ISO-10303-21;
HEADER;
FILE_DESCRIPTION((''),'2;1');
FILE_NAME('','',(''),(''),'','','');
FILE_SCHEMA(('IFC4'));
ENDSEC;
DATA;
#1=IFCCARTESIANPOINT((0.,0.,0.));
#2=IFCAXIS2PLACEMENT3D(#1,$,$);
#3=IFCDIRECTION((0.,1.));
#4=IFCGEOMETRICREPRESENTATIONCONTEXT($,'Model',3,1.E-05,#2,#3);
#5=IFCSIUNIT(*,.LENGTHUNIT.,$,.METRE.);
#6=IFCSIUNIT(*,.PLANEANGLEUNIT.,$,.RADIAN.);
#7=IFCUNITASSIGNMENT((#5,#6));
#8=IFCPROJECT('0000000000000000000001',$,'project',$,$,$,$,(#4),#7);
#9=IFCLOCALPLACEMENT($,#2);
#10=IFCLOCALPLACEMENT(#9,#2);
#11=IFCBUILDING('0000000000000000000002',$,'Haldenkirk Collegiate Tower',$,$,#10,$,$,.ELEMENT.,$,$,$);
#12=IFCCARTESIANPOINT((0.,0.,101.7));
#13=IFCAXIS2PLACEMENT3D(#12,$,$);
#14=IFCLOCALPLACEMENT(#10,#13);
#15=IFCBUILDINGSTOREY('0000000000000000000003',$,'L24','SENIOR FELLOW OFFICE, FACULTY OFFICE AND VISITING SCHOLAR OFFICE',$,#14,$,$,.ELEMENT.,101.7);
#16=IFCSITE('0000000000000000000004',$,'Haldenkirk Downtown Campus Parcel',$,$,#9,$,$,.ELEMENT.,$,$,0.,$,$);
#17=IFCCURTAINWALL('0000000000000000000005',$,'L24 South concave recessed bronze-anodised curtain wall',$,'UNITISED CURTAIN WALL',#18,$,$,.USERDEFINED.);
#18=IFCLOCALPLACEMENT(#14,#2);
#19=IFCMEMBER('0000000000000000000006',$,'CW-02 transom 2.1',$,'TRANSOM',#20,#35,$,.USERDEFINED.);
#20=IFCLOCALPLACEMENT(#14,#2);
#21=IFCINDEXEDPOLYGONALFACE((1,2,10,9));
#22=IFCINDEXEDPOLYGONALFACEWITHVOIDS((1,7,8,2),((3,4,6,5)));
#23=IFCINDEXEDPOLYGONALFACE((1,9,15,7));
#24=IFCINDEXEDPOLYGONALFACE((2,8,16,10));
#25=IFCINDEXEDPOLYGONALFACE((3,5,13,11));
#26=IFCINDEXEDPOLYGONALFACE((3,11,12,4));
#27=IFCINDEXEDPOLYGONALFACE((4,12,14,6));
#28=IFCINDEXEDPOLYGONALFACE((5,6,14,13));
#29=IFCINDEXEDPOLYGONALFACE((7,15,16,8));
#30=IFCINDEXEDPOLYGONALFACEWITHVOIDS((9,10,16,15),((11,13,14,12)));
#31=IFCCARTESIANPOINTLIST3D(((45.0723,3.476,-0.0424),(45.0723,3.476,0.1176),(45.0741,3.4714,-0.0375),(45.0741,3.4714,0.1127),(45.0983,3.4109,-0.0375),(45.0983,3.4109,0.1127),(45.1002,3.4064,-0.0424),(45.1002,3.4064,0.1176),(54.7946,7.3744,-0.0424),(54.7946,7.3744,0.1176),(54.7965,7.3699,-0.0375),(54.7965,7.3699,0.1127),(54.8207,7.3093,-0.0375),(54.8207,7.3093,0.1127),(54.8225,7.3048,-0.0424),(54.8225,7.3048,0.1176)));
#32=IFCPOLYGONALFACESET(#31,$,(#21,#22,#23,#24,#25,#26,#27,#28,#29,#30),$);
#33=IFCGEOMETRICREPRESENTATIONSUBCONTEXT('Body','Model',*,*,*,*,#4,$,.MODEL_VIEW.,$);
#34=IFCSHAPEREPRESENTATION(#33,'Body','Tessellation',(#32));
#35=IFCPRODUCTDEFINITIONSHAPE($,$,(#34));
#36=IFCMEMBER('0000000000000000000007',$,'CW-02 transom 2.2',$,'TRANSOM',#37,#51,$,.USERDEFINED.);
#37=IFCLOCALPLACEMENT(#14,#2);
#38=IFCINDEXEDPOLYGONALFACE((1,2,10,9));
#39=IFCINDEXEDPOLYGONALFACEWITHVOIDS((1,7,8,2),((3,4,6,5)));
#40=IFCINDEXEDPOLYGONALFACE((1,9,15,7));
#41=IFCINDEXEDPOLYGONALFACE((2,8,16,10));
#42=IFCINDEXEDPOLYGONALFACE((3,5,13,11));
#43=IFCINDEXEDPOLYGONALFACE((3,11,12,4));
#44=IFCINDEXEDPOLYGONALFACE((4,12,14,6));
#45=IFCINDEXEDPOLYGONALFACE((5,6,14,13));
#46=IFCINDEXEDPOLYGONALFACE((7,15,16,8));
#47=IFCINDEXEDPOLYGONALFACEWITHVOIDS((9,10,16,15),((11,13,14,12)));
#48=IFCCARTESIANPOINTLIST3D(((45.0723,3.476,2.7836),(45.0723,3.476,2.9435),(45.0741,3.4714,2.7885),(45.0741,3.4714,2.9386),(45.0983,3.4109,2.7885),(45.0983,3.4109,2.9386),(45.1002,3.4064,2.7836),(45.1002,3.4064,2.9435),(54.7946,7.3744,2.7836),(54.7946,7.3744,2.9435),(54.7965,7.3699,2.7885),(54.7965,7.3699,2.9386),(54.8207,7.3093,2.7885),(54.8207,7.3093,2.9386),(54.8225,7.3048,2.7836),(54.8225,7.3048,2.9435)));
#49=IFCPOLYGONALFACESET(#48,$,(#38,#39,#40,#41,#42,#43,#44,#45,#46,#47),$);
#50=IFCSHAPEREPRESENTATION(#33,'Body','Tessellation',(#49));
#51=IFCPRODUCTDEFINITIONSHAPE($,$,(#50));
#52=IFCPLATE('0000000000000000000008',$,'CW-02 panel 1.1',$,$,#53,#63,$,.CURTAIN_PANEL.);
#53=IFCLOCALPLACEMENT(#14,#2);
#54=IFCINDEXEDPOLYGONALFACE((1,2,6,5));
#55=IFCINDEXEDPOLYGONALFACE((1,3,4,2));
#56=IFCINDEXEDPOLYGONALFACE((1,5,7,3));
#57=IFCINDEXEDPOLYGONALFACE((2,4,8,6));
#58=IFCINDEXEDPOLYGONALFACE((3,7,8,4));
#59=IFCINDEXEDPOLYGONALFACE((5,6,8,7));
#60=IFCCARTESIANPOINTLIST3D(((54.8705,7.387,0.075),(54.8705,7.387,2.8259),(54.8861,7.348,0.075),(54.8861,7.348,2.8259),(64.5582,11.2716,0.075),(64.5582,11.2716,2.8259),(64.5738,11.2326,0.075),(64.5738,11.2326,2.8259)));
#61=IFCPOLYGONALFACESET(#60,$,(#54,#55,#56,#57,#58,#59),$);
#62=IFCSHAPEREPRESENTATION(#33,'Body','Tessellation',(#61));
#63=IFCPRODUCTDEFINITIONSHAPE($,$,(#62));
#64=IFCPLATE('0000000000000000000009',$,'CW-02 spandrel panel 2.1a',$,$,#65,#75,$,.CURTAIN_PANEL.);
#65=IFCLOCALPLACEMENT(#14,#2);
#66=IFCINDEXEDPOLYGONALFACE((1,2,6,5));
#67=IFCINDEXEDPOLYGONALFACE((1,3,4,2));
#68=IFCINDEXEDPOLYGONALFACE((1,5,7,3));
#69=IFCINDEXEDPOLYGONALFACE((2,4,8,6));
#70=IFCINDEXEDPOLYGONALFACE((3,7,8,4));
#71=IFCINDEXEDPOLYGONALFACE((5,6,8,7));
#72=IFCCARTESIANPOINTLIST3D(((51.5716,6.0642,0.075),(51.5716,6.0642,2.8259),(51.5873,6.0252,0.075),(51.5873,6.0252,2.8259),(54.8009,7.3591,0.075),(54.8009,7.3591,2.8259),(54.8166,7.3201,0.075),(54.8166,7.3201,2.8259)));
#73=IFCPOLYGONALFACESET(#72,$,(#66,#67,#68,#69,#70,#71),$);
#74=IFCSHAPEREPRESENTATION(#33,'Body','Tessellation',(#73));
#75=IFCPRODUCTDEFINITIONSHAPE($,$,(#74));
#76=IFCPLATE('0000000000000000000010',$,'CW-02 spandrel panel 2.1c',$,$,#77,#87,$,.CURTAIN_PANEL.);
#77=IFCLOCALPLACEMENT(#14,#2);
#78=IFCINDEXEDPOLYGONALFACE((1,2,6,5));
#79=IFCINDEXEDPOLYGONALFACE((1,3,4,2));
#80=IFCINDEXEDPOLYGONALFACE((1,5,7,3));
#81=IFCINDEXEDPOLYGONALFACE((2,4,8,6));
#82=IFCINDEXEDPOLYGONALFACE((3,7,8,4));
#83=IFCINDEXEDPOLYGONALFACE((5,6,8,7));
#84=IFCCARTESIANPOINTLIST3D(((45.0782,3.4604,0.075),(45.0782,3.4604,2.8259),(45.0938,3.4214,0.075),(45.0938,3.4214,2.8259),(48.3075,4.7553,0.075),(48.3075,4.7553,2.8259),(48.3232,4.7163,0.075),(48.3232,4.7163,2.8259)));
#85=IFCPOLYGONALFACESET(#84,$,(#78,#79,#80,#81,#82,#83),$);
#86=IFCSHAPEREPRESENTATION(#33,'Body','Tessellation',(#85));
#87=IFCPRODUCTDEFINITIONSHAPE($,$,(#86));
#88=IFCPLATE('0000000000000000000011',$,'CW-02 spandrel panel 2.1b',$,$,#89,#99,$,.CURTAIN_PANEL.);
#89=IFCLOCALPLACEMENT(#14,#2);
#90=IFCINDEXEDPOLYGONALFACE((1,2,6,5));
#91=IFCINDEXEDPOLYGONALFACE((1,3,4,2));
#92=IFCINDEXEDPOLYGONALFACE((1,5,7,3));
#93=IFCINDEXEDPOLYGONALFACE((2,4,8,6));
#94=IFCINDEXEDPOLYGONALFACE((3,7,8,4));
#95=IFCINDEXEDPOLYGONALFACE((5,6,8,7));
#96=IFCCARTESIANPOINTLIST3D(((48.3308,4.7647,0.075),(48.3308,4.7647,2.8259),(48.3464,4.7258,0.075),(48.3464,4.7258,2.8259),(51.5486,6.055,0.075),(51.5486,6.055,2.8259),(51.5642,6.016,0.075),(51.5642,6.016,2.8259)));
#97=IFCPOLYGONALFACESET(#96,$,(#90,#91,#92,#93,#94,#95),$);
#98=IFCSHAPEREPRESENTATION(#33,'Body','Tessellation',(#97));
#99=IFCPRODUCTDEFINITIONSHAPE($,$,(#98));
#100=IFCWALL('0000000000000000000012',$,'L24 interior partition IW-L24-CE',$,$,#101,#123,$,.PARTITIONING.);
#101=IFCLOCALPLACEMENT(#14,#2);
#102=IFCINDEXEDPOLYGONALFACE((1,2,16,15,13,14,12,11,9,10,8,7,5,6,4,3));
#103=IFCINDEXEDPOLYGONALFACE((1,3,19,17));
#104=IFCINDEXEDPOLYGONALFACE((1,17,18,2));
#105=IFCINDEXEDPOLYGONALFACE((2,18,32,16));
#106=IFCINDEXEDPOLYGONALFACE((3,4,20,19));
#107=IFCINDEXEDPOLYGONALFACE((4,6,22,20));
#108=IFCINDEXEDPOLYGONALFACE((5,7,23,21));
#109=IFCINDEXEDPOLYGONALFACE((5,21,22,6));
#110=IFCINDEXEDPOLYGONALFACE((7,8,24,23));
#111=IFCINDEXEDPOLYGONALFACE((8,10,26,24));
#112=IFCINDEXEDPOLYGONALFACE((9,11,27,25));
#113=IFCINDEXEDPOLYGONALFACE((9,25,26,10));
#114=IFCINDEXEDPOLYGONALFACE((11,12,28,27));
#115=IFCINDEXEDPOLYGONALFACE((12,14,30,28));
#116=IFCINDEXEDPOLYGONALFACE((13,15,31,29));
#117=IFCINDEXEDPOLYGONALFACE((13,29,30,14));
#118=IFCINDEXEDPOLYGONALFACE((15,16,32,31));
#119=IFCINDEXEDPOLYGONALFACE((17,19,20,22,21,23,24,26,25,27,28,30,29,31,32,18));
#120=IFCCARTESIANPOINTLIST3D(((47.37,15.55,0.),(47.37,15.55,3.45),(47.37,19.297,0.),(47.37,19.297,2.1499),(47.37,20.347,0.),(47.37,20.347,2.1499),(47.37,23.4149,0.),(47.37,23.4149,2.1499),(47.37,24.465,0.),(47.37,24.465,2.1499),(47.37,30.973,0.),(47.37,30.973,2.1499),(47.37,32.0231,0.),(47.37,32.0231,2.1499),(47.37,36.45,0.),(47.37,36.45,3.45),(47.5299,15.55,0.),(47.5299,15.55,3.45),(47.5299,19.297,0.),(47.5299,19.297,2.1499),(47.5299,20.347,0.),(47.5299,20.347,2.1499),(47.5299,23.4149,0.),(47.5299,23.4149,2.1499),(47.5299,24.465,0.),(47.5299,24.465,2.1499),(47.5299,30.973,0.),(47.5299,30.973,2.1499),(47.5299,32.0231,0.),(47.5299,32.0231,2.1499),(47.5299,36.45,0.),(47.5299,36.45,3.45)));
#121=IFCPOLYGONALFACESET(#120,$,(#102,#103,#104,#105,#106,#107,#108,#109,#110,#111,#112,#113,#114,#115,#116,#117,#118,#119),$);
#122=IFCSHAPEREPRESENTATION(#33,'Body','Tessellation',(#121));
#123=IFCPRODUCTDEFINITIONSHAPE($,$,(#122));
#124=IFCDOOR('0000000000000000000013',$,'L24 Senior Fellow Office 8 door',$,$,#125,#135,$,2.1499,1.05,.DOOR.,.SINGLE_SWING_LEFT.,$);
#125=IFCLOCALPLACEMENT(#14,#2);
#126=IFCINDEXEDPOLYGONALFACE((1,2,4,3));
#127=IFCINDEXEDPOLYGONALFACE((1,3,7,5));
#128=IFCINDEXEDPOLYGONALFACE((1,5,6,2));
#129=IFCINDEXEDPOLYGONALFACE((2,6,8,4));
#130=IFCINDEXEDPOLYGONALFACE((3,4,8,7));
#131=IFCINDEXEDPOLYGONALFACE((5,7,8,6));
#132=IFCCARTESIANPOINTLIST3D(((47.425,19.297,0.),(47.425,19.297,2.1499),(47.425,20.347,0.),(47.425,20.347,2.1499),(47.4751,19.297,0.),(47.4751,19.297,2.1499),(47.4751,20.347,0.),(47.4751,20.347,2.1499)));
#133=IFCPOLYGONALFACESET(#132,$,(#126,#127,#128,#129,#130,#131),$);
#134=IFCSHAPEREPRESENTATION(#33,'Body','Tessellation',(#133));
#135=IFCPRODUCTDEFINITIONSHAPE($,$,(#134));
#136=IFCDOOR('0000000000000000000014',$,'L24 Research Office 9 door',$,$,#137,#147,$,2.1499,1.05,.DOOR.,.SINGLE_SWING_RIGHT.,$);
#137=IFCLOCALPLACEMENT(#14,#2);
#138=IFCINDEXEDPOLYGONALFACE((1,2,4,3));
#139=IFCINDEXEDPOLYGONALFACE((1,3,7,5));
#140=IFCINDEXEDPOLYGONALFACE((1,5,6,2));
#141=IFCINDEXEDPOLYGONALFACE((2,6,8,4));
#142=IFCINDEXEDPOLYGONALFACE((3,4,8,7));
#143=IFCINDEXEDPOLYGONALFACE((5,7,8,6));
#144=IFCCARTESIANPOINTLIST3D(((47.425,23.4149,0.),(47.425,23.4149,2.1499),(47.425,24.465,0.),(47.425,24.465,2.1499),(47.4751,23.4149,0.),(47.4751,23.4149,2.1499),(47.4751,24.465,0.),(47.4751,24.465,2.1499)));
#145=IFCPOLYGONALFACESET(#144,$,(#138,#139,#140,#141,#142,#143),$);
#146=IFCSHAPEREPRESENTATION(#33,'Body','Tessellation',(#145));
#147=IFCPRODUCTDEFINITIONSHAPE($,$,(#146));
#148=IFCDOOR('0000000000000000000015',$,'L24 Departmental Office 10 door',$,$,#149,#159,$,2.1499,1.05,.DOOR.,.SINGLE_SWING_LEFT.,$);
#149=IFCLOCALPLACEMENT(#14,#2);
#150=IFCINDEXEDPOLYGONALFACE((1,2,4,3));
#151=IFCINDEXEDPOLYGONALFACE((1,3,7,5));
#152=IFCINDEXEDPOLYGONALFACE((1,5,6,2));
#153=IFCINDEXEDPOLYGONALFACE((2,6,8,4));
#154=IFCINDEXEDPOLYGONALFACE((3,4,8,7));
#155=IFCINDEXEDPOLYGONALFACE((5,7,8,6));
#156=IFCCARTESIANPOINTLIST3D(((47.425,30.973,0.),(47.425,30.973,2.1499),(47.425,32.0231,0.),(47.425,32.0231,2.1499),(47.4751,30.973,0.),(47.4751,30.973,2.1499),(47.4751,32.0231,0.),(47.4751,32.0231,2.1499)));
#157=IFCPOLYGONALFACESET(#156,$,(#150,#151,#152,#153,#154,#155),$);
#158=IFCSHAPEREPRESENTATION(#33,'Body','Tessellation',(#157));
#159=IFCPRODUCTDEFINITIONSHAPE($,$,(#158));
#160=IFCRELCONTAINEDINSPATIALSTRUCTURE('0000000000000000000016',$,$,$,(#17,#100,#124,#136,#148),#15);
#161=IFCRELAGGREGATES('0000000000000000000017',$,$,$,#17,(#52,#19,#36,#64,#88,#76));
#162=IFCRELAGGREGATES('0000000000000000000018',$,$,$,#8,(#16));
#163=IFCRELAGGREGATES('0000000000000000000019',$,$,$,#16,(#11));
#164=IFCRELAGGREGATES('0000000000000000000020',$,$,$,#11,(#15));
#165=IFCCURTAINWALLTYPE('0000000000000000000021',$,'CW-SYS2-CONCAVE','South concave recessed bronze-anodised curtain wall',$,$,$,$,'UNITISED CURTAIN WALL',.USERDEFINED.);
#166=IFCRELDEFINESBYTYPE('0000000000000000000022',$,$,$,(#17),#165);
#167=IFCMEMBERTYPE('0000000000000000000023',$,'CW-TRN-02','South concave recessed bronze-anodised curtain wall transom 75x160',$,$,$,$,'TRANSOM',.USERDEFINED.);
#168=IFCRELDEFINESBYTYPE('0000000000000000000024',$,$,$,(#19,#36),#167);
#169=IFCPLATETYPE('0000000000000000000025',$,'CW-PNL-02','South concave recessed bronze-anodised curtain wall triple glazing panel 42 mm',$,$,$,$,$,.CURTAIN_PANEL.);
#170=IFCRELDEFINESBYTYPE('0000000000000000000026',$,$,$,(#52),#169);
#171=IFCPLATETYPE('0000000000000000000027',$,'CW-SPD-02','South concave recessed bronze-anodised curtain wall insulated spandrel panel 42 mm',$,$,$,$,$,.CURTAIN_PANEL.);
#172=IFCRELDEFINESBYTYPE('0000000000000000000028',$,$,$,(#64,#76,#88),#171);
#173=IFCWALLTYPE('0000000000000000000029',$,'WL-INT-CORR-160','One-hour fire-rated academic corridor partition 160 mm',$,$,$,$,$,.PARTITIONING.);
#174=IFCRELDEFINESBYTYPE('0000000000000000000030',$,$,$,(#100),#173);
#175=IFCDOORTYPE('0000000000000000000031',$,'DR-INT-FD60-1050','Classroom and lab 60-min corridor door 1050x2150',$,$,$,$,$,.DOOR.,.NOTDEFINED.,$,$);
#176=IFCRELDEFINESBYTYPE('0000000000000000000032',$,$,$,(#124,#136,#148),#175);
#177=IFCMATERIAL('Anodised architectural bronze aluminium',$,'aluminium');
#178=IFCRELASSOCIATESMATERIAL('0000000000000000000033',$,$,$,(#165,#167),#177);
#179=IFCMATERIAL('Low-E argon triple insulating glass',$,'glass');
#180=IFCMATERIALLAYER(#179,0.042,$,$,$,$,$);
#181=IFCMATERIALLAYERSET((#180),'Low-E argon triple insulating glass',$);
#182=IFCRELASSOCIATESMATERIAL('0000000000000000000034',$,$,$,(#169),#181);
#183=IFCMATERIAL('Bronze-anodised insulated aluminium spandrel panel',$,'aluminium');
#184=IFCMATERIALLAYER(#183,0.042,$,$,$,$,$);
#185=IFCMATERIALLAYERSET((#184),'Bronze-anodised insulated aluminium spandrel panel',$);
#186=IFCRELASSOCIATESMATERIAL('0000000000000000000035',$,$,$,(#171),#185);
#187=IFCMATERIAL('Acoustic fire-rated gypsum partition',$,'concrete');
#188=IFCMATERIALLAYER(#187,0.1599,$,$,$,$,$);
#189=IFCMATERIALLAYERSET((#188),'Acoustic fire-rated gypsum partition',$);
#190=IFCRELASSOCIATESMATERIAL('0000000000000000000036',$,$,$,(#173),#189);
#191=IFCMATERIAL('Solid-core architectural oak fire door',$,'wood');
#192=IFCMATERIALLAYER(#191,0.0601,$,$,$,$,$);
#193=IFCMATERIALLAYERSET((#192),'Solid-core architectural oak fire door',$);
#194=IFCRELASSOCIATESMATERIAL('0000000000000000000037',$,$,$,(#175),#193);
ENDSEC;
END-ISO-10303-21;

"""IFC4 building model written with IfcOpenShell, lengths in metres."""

from ifc_helpers import new_model, si_unit, direction, frame, frame_2d, origin, origin_2d, place, context, subcontext, project, spatial, rectangle, hollow_rectangle, extrude, source, transform, mapped, material, layer, layer_set, material_profile, profile_set, type_object, element, fill, aggregate, save


model = new_model("IFC4")

# Units and contexts
model_context = context("Model", 3, precision=1e-05, world=origin(), true_north=direction((0.0, 1.0)))
body_context = subcontext(model_context, "Body", "Model", "MODEL_VIEW")
ifc_project = project(units=[si_unit("LENGTHUNIT", "METRE"), si_unit("PLANEANGLEUNIT", "RADIAN")], contexts=[model_context])

# Site, building, storey
site_placement = place(None, origin())
site = spatial("IfcSite", under=ifc_project, at=site_placement, Name="Haldenkirk Downtown Campus Parcel", CompositionType="ELEMENT", RefElevation=0.0)
building_placement = place(site_placement, origin())
building = spatial("IfcBuilding", under=site, at=building_placement, Name="Haldenkirk Collegiate Tower", CompositionType="ELEMENT")
storey_placement = place(building_placement, frame((0.0, 0.0, 101.7)))
storey = spatial("IfcBuildingStorey", under=building, at=storey_placement, Name="L24", Description="SENIOR FELLOW OFFICE, FACULTY OFFICE AND VISITING SCHOLAR OFFICE", CompositionType="ELEMENT", Elevation=101.7)

# Curtain wall, members, plates
ifc_material_1 = material(Name="Anodised architectural bronze aluminium", Category="aluminium")
curtain_wall_type = type_object("IfcCurtainWallType", Name="CW-SYS2-CONCAVE", Description="South concave recessed bronze-anodised curtain wall", ElementType="UNITISED CURTAIN WALL", PredefinedType="USERDEFINED", material=ifc_material_1)
curtain_wall_placement = place(storey_placement, origin())
curtain_wall = element("IfcCurtainWall", 1, at=curtain_wall_placement, inside=storey, type_object=curtain_wall_type, Name="L24 South concave recessed bronze-anodised curtain wall", ObjectType="UNITISED CURTAIN WALL", PredefinedType="USERDEFINED")
ifc_material_profile_1 = material_profile(ifc_material_1, hollow_rectangle(XDim=0.075, YDim=0.1599, WallThickness=0.0049, at=origin_2d()), Name="CW-TRN-02")
ifc_profile_set_1 = profile_set([ifc_material_profile_1], Name="Anodised architectural bronze aluminium")
member_type_1 = type_object("IfcMemberType", Name="CW-TRN-02", Description="South concave recessed bronze-anodised curtain wall transom 75x160", ElementType="TRANSOM", PredefinedType="USERDEFINED", material=ifc_profile_set_1)
member_1_placement = place(storey_placement, frame((54.8086, 7.3396, 0.0376), z_axis=(-0.928165, -0.37217, 0.0), x_axis=(0.37217, -0.928165, 0.0)))
member_1 = element("IfcMember", 2, at=member_1_placement, type_object=member_type_1, Name="CW-02 transom 2.1", ObjectType="TRANSOM", PredefinedType="USERDEFINED", context=body_context, shape_type="SweptSolid", body=[
    extrude(hollow_rectangle(XDim=0.075, YDim=0.1599, WallThickness=0.0049, at=origin_2d()), origin(), (0.0, 0.0, 1.0), 10.4749),
])
member_2_placement = place(storey_placement, frame((54.8086, 7.3396, 2.8635), z_axis=(-0.928165, -0.37217, 0.0), x_axis=(0.37217, -0.928165, 0.0)))
member_2 = element("IfcMember", 3, at=member_2_placement, type_object=member_type_1, Name="CW-02 transom 2.2", ObjectType="TRANSOM", PredefinedType="USERDEFINED", context=body_context, shape_type="SweptSolid", body=[
    extrude(hollow_rectangle(XDim=0.075, YDim=0.1599, WallThickness=0.0049, at=origin_2d()), origin(), (0.0, 0.0, 1.0), 10.4749),
])
ifc_material_2 = material(Name="Low-E argon triple insulating glass", Category="glass")
ifc_layer_1 = layer(ifc_material_2, 0.042)
ifc_layer_set_1 = layer_set([ifc_layer_1], Name="Low-E argon triple insulating glass")
plate_type_1 = type_object("IfcPlateType", Name="CW-PNL-02", Description="South concave recessed bronze-anodised curtain wall triple glazing panel 42 mm", PredefinedType="CURTAIN_PANEL", material=ifc_layer_set_1)
shared_shape_1 = source(origin(), body_context, "Body", "SweptSolid", [
    extrude(rectangle(XDim=10.4375, YDim=0.042, at=origin_2d()), origin(), (0.0, 0.0, 1.0), 2.751),
])
plate_1_placement = place(storey_placement, frame((59.7222, 9.3098, 0.075), z_axis=(0.0, 0.0, 1.0), x_axis=(-0.928162, -0.372177, 0.0)))
plate_1 = element("IfcPlate", 4, at=plate_1_placement, type_object=plate_type_1, Name="CW-02 panel 1.1", PredefinedType="CURTAIN_PANEL", context=body_context, shape_type="MappedRepresentation", body=[
    mapped(shared_shape_1, transform((0.0, 0.0, 0.0), x_axis=(1.0, 0.0, 0.0), y_axis=(0.0, 1.0, 0.0), z_axis=(0.0, 0.0, 1.0), scale=1.0)),
])
ifc_material_3 = material(Name="Bronze-anodised insulated aluminium spandrel panel", Category="aluminium")
ifc_layer_2 = layer(ifc_material_3, 0.042)
ifc_layer_set_2 = layer_set([ifc_layer_2], Name="Bronze-anodised insulated aluminium spandrel panel")
plate_type_2 = type_object("IfcPlateType", Name="CW-SPD-02", Description="South concave recessed bronze-anodised curtain wall insulated spandrel panel 42 mm", PredefinedType="CURTAIN_PANEL", material=ifc_layer_set_2)
shared_shape_2 = source(origin(), body_context, "Body", "SweptSolid", [
    extrude(rectangle(XDim=3.4792, YDim=0.042, at=origin_2d()), origin(), (0.0, 0.0, 1.0), 2.751),
])
plate_2_placement = place(storey_placement, frame((53.1941, 6.6921, 0.075), z_axis=(0.0, 0.0, 1.0), x_axis=(-0.928162, -0.372177, 0.0)))
plate_2 = element("IfcPlate", 5, at=plate_2_placement, type_object=plate_type_2, Name="CW-02 spandrel panel 2.1a", PredefinedType="CURTAIN_PANEL", context=body_context, shape_type="MappedRepresentation", body=[
    mapped(shared_shape_2, transform((0.0, 0.0, 0.0), x_axis=(1.0, 0.0, 0.0), y_axis=(0.0, 1.0, 0.0), z_axis=(0.0, 0.0, 1.0), scale=1.0)),
])
plate_3_placement = place(storey_placement, frame((46.7007, 4.0884, 0.075), z_axis=(0.0, 0.0, 1.0), x_axis=(-0.928162, -0.372177, 0.0)))
plate_3 = element("IfcPlate", 6, at=plate_3_placement, type_object=plate_type_2, Name="CW-02 spandrel panel 2.1c", PredefinedType="CURTAIN_PANEL", context=body_context, shape_type="MappedRepresentation", body=[
    mapped(shared_shape_2, transform((0.0, 0.0, 0.0), x_axis=(1.0, 0.0, 0.0), y_axis=(0.0, 1.0, 0.0), z_axis=(0.0, 0.0, 1.0), scale=1.0)),
])
shared_shape_3 = source(origin(), body_context, "Body", "SweptSolid", [
    extrude(rectangle(XDim=3.4668, YDim=0.042, at=origin_2d()), origin(), (0.0, 0.0, 1.0), 2.751),
])
plate_4_placement = place(storey_placement, frame((49.9475, 5.3904, 0.075), z_axis=(0.0, 0.0, 1.0), x_axis=(-0.928162, -0.372177, 0.0)))
plate_4 = element("IfcPlate", 7, at=plate_4_placement, type_object=plate_type_2, Name="CW-02 spandrel panel 2.1b", PredefinedType="CURTAIN_PANEL", context=body_context, shape_type="MappedRepresentation", body=[
    mapped(shared_shape_3, transform((0.0, 0.0, 0.0), x_axis=(1.0, 0.0, 0.0), y_axis=(0.0, 1.0, 0.0), z_axis=(0.0, 0.0, 1.0), scale=1.0)),
])
aggregate(curtain_wall, [plate_1, member_1, member_2, plate_2, plate_4, plate_3])

# Wall, openings, doors
ifc_material_4 = material(Name="Acoustic fire-rated gypsum partition", Category="concrete")
ifc_layer_3 = layer(ifc_material_4, 0.1599)
ifc_layer_set_3 = layer_set([ifc_layer_3], Name="Acoustic fire-rated gypsum partition")
wall_type_1 = type_object("IfcWallType", Name="WL-INT-CORR-160", Description="One-hour fire-rated academic corridor partition 160 mm", PredefinedType="PARTITIONING", material=ifc_layer_set_3)
wall_1_placement = place(storey_placement, frame((47.45, 15.55, 0.0), z_axis=(0.0, 0.0, 1.0), x_axis=(0.0, 1.0, 0.0)))
wall_1 = element("IfcWall", 8, at=wall_1_placement, inside=storey, type_object=wall_type_1, Name="L24 interior partition IW-L24-CE", PredefinedType="PARTITIONING", context=body_context, shape_type="SweptSolid", body=[
    extrude(rectangle(XDim=20.8999, YDim=0.1599, at=frame_2d((10.45, 0.0))), origin(), (0.0, 0.0, 1.0), 3.45),
])
opening_1_placement = place(wall_1_placement, frame((3.7471, 0.0, 0.0)))
opening_1 = element("IfcOpeningElement", 9, at=opening_1_placement, cuts=wall_1, PredefinedType="OPENING", context=body_context, shape_type="SweptSolid", body=[
    extrude(rectangle(XDim=1.05, YDim=2.1499, at=frame_2d((0.5249, 1.075))), frame((0.0, 0.0898, 0.0), z_axis=(0.0, -1.0, 0.0), x_axis=(1.0, 0.0, 0.0)), (0.0, 0.0, 1.0), 0.1799),
])
opening_2_placement = place(wall_1_placement, frame((7.865, 0.0, 0.0)))
opening_2 = element("IfcOpeningElement", 10, at=opening_2_placement, cuts=wall_1, PredefinedType="OPENING", context=body_context, shape_type="SweptSolid", body=[
    extrude(rectangle(XDim=1.05, YDim=2.1499, at=frame_2d((0.5249, 1.075))), frame((0.0, 0.0898, 0.0), z_axis=(0.0, -1.0, 0.0), x_axis=(1.0, 0.0, 0.0)), (0.0, 0.0, 1.0), 0.1799),
])
opening_3_placement = place(wall_1_placement, frame((15.4231, 0.0, 0.0)))
opening_3 = element("IfcOpeningElement", 11, at=opening_3_placement, cuts=wall_1, PredefinedType="OPENING", context=body_context, shape_type="SweptSolid", body=[
    extrude(rectangle(XDim=1.05, YDim=2.1499, at=frame_2d((0.5249, 1.075))), frame((0.0, 0.0898, 0.0), z_axis=(0.0, -1.0, 0.0), x_axis=(1.0, 0.0, 0.0)), (0.0, 0.0, 1.0), 0.1799),
])
ifc_material_5 = material(Name="Solid-core architectural oak fire door", Category="wood")
ifc_layer_4 = layer(ifc_material_5, 0.0601)
ifc_layer_set_4 = layer_set([ifc_layer_4], Name="Solid-core architectural oak fire door")
door_type = type_object("IfcDoorType", Name="DR-INT-FD60-1050", Description="Classroom and lab 60-min corridor door 1050x2150", OperationType="NOTDEFINED", PredefinedType="DOOR", material=ifc_layer_set_4)
door_1_placement = place(opening_1_placement, origin())
door_1 = element("IfcDoor", 12, at=door_1_placement, inside=storey, type_object=door_type, Name="L24 Senior Fellow Office 8 door", OperationType="SINGLE_SWING_LEFT", OverallHeight=2.1499, OverallWidth=1.05, PredefinedType="DOOR", context=body_context, shape_type="SweptSolid", body=[
    extrude(rectangle(XDim=1.05, YDim=2.1499, at=frame_2d((0.5249, 1.075))), frame((0.0, 0.0249, 0.0), z_axis=(0.0, -1.0, 0.0), x_axis=(1.0, 0.0, 0.0)), (0.0, 0.0, 1.0), 0.05),
])
fill(opening_1, door_1)
door_2_placement = place(opening_2_placement, origin())
door_2 = element("IfcDoor", 13, at=door_2_placement, inside=storey, type_object=door_type, Name="L24 Research Office 9 door", OperationType="SINGLE_SWING_RIGHT", OverallHeight=2.1499, OverallWidth=1.05, PredefinedType="DOOR", context=body_context, shape_type="SweptSolid", body=[
    extrude(rectangle(XDim=1.05, YDim=2.1499, at=frame_2d((0.5249, 1.075))), frame((0.0, 0.0249, 0.0), z_axis=(0.0, -1.0, 0.0), x_axis=(1.0, 0.0, 0.0)), (0.0, 0.0, 1.0), 0.05),
])
fill(opening_2, door_2)
door_3_placement = place(opening_3_placement, origin())
door_3 = element("IfcDoor", 14, at=door_3_placement, inside=storey, type_object=door_type, Name="L24 Departmental Office 10 door", OperationType="SINGLE_SWING_LEFT", OverallHeight=2.1499, OverallWidth=1.05, PredefinedType="DOOR", context=body_context, shape_type="SweptSolid", body=[
    extrude(rectangle(XDim=1.05, YDim=2.1499, at=frame_2d((0.5249, 1.075))), frame((0.0, 0.0249, 0.0), z_axis=(0.0, -1.0, 0.0), x_axis=(1.0, 0.0, 0.0)), (0.0, 0.0, 1.0), 0.05),
])
fill(opening_3, door_3)

save(model, "model.ifc")
